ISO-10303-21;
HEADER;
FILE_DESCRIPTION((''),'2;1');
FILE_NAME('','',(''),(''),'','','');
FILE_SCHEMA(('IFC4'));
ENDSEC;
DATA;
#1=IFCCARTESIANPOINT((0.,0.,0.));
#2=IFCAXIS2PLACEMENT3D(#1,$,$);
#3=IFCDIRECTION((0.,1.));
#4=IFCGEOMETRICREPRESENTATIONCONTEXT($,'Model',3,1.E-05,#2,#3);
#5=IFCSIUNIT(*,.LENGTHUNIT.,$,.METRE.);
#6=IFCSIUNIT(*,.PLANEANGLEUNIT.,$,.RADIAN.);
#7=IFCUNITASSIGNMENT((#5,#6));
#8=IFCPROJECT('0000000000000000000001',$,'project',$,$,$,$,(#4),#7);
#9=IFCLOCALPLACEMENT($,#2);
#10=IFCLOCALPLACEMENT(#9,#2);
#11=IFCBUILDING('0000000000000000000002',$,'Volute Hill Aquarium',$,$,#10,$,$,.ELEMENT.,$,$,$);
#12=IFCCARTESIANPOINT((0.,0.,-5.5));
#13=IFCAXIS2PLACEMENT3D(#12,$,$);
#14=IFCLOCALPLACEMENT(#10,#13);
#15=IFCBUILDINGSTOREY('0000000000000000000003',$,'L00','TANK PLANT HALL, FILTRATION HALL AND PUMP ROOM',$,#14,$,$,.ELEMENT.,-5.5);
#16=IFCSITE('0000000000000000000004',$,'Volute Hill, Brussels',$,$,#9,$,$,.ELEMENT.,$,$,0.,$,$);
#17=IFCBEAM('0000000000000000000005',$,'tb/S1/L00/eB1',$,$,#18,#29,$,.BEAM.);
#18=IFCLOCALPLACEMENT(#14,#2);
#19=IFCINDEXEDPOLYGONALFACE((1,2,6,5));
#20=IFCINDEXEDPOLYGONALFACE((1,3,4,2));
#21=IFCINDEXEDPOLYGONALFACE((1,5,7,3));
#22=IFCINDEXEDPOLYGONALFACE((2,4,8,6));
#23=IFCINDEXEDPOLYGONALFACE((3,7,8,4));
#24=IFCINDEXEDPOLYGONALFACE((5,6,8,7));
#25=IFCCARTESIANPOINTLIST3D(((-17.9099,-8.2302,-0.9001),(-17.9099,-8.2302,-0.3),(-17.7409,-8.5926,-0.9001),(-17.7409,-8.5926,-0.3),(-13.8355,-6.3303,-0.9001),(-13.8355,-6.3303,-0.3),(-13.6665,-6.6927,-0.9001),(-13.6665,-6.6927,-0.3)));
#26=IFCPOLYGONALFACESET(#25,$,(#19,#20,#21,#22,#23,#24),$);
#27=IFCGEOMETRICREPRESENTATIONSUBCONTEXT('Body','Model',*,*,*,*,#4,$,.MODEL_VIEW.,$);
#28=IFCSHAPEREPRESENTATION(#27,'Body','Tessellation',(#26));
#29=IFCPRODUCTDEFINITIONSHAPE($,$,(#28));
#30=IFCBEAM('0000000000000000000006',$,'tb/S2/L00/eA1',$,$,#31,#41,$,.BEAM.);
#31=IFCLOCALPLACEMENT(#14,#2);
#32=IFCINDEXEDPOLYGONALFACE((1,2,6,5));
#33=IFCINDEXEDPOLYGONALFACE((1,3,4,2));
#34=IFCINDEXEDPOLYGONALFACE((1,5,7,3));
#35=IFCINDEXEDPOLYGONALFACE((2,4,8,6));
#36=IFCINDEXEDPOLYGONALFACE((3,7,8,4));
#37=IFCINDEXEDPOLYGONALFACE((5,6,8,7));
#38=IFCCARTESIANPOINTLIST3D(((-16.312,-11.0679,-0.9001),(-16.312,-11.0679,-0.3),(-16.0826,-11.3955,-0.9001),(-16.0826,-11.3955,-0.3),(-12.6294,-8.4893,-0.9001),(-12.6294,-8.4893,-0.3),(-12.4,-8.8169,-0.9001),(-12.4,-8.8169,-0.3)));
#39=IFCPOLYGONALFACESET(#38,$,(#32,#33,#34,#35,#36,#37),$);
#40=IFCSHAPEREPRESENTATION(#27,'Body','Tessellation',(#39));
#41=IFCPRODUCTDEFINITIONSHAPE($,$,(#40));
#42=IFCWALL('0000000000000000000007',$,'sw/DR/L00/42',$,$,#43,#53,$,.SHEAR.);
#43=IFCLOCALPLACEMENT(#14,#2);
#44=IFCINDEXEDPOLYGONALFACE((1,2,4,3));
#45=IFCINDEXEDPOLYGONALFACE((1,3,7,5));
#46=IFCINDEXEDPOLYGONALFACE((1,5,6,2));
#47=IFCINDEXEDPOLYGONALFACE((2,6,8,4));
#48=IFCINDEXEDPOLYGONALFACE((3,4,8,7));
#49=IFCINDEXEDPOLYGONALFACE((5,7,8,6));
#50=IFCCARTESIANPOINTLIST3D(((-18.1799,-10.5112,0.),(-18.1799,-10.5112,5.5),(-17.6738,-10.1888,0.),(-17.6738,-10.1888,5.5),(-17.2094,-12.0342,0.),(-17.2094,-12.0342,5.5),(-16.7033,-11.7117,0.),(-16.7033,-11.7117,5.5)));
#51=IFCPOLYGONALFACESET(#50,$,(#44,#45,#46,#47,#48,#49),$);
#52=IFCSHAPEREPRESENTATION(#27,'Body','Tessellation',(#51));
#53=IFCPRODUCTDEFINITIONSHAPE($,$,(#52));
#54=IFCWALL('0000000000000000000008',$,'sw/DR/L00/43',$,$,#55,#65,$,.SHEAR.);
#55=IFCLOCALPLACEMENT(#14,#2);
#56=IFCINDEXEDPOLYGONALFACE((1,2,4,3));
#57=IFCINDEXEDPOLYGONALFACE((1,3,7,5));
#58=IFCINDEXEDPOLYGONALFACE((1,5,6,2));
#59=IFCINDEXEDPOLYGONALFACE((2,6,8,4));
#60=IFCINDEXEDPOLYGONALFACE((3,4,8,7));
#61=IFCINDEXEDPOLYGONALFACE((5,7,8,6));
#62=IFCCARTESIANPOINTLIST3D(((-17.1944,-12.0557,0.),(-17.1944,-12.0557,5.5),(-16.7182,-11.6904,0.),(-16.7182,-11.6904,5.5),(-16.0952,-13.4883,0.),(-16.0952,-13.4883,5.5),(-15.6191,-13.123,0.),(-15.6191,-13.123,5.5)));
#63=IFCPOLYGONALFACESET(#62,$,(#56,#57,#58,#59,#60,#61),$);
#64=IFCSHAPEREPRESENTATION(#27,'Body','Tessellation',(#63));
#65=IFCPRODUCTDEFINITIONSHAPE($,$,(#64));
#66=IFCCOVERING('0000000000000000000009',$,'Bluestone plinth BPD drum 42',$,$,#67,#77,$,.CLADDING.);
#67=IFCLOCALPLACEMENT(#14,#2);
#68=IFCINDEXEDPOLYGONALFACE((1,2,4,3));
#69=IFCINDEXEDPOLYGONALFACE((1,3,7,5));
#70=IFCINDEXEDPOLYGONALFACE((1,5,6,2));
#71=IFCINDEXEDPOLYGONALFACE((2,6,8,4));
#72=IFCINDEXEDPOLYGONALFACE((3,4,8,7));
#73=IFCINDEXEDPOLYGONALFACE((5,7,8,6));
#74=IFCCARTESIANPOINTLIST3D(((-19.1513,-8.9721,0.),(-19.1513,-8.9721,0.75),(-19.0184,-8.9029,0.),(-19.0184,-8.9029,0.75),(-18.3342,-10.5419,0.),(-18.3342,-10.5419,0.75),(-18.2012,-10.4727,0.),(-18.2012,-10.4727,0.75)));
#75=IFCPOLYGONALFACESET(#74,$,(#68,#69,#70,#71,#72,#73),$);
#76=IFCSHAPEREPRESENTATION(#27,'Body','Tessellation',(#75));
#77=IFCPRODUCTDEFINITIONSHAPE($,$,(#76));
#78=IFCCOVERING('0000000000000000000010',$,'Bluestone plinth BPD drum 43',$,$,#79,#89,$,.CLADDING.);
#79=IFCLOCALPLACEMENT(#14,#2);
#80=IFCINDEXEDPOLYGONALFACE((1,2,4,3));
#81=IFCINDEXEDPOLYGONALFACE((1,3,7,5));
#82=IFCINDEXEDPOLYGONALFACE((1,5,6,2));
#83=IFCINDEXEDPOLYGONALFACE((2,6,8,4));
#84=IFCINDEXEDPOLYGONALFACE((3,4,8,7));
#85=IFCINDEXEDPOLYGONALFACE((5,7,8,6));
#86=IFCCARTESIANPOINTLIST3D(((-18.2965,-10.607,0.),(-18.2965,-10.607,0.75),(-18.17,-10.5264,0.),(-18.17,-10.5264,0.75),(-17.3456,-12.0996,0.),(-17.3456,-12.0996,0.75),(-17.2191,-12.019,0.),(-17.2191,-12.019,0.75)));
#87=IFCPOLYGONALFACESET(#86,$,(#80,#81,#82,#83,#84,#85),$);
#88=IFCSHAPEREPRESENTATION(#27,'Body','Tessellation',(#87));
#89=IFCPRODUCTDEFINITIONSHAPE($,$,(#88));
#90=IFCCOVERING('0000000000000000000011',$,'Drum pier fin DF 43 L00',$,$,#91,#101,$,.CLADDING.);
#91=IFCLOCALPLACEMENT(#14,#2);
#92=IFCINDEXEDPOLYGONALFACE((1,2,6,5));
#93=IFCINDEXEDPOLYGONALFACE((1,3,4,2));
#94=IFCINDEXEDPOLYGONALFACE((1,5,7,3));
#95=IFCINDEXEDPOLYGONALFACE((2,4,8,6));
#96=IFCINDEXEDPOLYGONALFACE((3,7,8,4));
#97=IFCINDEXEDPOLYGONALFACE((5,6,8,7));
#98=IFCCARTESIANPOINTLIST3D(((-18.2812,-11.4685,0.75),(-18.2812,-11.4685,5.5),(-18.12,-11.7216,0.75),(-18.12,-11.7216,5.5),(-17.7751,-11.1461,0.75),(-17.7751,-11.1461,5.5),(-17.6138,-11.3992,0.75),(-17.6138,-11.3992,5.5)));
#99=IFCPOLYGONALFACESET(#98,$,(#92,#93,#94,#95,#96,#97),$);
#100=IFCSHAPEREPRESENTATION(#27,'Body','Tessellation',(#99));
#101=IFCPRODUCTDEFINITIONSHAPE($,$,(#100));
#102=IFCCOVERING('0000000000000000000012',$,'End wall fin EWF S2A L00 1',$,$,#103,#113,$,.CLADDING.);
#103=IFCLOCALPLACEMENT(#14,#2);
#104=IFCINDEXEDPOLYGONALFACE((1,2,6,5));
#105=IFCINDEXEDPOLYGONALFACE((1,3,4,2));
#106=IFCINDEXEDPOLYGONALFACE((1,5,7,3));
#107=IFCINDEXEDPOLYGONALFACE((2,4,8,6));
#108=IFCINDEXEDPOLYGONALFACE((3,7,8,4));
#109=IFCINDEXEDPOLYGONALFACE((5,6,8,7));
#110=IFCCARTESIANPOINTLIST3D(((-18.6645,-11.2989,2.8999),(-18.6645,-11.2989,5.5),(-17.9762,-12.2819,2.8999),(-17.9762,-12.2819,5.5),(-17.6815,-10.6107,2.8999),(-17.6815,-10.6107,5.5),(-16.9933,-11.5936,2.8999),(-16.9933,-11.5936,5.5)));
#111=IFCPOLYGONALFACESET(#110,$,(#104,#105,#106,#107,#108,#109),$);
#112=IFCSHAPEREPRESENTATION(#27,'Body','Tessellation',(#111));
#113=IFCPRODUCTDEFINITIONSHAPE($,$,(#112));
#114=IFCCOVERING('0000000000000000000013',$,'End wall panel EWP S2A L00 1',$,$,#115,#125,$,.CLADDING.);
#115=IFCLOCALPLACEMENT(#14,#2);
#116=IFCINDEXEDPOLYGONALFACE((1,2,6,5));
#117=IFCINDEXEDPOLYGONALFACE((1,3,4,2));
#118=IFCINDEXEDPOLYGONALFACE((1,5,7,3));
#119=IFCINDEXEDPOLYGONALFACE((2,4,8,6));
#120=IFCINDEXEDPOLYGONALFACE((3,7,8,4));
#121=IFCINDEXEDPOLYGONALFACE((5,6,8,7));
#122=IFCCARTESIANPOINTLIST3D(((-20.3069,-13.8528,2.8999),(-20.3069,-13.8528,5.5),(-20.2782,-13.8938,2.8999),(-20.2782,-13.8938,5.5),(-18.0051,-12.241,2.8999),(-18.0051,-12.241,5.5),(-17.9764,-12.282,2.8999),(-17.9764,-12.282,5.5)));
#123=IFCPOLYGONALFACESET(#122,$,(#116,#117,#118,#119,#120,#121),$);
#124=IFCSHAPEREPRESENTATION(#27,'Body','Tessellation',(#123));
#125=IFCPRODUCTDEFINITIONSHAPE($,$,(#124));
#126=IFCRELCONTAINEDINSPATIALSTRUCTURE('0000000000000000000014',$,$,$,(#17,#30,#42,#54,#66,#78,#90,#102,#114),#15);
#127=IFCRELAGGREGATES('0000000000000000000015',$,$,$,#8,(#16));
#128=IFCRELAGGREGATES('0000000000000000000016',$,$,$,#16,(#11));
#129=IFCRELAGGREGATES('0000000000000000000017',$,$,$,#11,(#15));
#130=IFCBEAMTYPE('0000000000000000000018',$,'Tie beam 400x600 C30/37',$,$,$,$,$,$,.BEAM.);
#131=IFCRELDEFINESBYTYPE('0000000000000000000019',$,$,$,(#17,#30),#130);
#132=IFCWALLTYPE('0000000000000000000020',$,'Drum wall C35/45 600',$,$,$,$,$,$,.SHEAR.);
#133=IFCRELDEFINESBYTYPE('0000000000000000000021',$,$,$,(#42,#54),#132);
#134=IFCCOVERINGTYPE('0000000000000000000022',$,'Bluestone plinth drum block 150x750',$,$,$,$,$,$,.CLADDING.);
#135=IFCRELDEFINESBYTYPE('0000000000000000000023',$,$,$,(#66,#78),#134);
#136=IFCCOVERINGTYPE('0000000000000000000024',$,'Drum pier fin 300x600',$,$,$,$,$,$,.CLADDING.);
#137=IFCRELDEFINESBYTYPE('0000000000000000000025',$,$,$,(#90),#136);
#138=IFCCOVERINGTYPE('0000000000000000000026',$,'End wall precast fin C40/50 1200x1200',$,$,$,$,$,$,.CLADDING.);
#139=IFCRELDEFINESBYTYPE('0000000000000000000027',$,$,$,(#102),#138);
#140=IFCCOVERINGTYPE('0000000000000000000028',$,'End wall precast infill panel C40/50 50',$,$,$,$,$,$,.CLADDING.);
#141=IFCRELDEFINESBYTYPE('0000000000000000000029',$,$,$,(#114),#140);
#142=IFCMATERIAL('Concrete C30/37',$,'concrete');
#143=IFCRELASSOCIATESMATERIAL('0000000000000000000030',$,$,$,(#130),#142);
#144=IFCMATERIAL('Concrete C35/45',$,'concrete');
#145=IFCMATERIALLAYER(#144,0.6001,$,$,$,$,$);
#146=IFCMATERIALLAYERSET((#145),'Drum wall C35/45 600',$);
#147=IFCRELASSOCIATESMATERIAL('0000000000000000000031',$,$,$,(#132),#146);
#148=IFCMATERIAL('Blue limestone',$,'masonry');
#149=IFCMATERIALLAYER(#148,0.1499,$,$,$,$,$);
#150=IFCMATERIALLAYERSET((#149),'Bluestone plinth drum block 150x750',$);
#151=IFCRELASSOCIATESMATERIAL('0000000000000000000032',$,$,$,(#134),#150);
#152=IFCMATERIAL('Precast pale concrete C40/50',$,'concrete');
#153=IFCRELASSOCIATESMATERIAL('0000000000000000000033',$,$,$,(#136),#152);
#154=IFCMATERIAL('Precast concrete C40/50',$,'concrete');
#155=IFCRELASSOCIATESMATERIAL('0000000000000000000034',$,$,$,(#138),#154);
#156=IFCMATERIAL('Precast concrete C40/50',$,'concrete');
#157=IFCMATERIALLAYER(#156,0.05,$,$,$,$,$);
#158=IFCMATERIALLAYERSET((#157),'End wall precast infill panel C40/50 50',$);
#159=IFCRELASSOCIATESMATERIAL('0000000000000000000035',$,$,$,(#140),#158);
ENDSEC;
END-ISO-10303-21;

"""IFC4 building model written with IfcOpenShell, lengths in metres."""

from ifc_helpers import new_model, si_unit, direction, frame, frame_2d, origin, origin_2d, place, context, subcontext, project, spatial, polyline, rectangle, outline, extrude, material, layer, layer_set, material_profile, profile_set, type_object, element, save


model = new_model("IFC4")

# Units and contexts
model_context = context("Model", 3, precision=1e-05, world=origin(), true_north=direction((0.0, 1.0)))
body_context = subcontext(model_context, "Body", "Model", "MODEL_VIEW")
ifc_project = project(units=[si_unit("LENGTHUNIT", "METRE"), si_unit("PLANEANGLEUNIT", "RADIAN")], contexts=[model_context])

# Site, building, storey
site_placement = place(None, origin())
site = spatial("IfcSite", under=ifc_project, at=site_placement, Name="Volute Hill, Brussels", CompositionType="ELEMENT", RefElevation=0.0)
building_placement = place(site_placement, origin())
building = spatial("IfcBuilding", under=site, at=building_placement, Name="Volute Hill Aquarium", CompositionType="ELEMENT")
storey_placement = place(building_placement, frame((0.0, 0.0, -5.5)))
storey = spatial("IfcBuildingStorey", under=building, at=storey_placement, Name="L00", Description="TANK PLANT HALL, FILTRATION HALL AND PUMP ROOM", CompositionType="ELEMENT", Elevation=-5.5)

# Beams
ifc_material_1 = material(Name="Concrete C30/37", Category="concrete")
ifc_material_profile_1 = material_profile(ifc_material_1, rectangle(XDim=0.3999, YDim=0.6001, at=origin_2d()), Name="RC tie beam 400x600")
ifc_profile_set_1 = profile_set([ifc_material_profile_1], Name="Concrete C30/37")
beam_type_1 = type_object("IfcBeamType", Name="Tie beam 400x600 C30/37", PredefinedType="BEAM", material=ifc_profile_set_1)
for number, where, z_axis, x_axis, name in (
    (1, (-17.8254, -8.4114, -0.6001), (0.906312, 0.422609, 0.0), (-0.422609, 0.906312, 0.0), "tb/S1/L00/eB1"),
    (2, (-16.1973, -11.2317, -0.6001), (0.81915, 0.573579, 0.0), (-0.573579, 0.81915, 0.0), "tb/S2/L00/eA1"),
):
    element("IfcBeam", number, at=place(storey_placement, frame(where, z_axis=z_axis, x_axis=x_axis)), inside=storey, type_object=beam_type_1, Name=name, PredefinedType="BEAM", context=body_context, shape_type="SweptSolid", body=[
        extrude(rectangle(XDim=0.3999, YDim=0.6001, at=origin_2d()), origin(), (0.0, 0.0, 1.0), 4.4956),
    ])

# Walls
ifc_material_2 = material(Name="Concrete C35/45", Category="concrete")
ifc_layer_1 = layer(ifc_material_2, 0.6001)
ifc_layer_set_1 = layer_set([ifc_layer_1], Name="Drum wall C35/45 600")
wall_type_1 = type_object("IfcWallType", Name="Drum wall C35/45 600", PredefinedType="SHEAR", material=ifc_layer_set_1)
wall_1_placement = place(storey_placement, frame((-17.9268, -10.3501, 0.0), z_axis=(0.0, 0.0, 1.0), x_axis=(0.537392, -0.843333, 0.0)))
element("IfcWall", 3, at=wall_1_placement, inside=storey, type_object=wall_type_1, Name="sw/DR/L00/42", PredefinedType="SHEAR", context=body_context, shape_type="SweptSolid", body=[
    extrude(rectangle(XDim=1.8059, YDim=0.6001, at=frame_2d((0.9028, 0.0))), origin(), (0.0, 0.0, 1.0), 5.5),
])
wall_2_placement = place(storey_placement, frame((-16.9563, -11.873, 0.0), z_axis=(0.0, 0.0, 1.0), x_axis=(0.608704, -0.793397, 0.0)))
element("IfcWall", 4, at=wall_2_placement, inside=storey, type_object=wall_type_1, Name="sw/DR/L00/43", PredefinedType="SHEAR", context=body_context, shape_type="SweptSolid", body=[
    extrude(rectangle(XDim=1.8057, YDim=0.6001, at=frame_2d((0.9028, 0.0))), origin(), (0.0, 0.0, 1.0), 5.5),
])

# Coverings
ifc_material_3 = material(Name="Blue limestone", Category="masonry")
ifc_layer_2 = layer(ifc_material_3, 0.1499)
ifc_layer_set_2 = layer_set([ifc_layer_2], Name="Bluestone plinth drum block 150x750")
covering_type_1 = type_object("IfcCoveringType", Name="Bluestone plinth drum block 150x750", PredefinedType="CLADDING", material=ifc_layer_set_2)
for number, where, z_axis, x_axis, name in (
    (5, (-18.6763, -9.7224, 0.0), (0.0, 0.0, 1.0), (0.461749, -0.887011, 0.0), "Bluestone plinth BPD drum 42"),
    (6, (-17.7578, -11.313, 0.0), (0.0, 0.0, 1.0), (0.5373, -0.843391, 0.0), "Bluestone plinth BPD drum 43"),
):
    element("IfcCovering", number, at=place(storey_placement, frame(where, z_axis=z_axis, x_axis=x_axis)), inside=storey, type_object=covering_type_1, Name=name, PredefinedType="CLADDING", context=body_context, shape_type="SweptSolid", body=[
        extrude(rectangle(XDim=1.7698, YDim=0.1499, at=origin_2d()), origin(), (0.0, 0.0, 1.0), 0.75),
    ])
ifc_material_4 = material(Name="Precast pale concrete C40/50", Category="concrete")
covering_type_2 = type_object("IfcCoveringType", Name="Drum pier fin 300x600", PredefinedType="CLADDING", material=ifc_material_4)
covering_1_placement = place(storey_placement, frame((-17.9475, -11.4338, 0.75), z_axis=(0.0, 0.0, 1.0), x_axis=(0.5373, -0.843391, 0.0)))
element("IfcCovering", 7, at=covering_1_placement, inside=storey, type_object=covering_type_2, Name="Drum pier fin DF 43 L00", PredefinedType="CLADDING", context=body_context, shape_type="SweptSolid", body=[
    extrude(rectangle(XDim=0.3, YDim=0.6001, at=origin_2d()), origin(), (0.0, 0.0, 1.0), 4.75),
])
ifc_material_5 = material(Name="Precast concrete C40/50", Category="concrete")
covering_type_3 = type_object("IfcCoveringType", Name="End wall precast fin C40/50 1200x1200", PredefinedType="CLADDING", material=ifc_material_5)
covering_2_placement = place(storey_placement, frame((-17.8289, -11.4463, 2.8999), z_axis=(0.0, 0.0, 1.0), x_axis=(-0.819154, -0.573574, 0.0)))
element("IfcCovering", 8, at=covering_2_placement, inside=storey, type_object=covering_type_3, Name="End wall fin EWF S2A L00 1", PredefinedType="CLADDING", context=body_context, shape_type="SweptSolid", body=[
    extrude(rectangle(XDim=1.2, YDim=1.2, at=origin_2d()), origin(), (0.0, 0.0, 1.0), 2.6001),
])
ifc_material_6 = material(Name="Precast concrete C40/50", Category="concrete")
ifc_layer_3 = layer(ifc_material_6, 0.05)
ifc_layer_set_3 = layer_set([ifc_layer_3], Name="End wall precast infill panel C40/50 50")
covering_type_4 = type_object("IfcCoveringType", Name="End wall precast infill panel C40/50 50", PredefinedType="CLADDING", material=ifc_layer_set_3)
covering_3_placement = place(storey_placement, frame((-18.0051, -12.241, 2.8999), z_axis=(-0.573602, 0.819134, 0.0), x_axis=(-0.819134, -0.573602, 0.0)))
element("IfcCovering", 9, at=covering_3_placement, inside=storey, type_object=covering_type_4, Name="End wall panel EWP S2A L00 1", PredefinedType="CLADDING", context=body_context, shape_type="SweptSolid", body=[
    extrude(outline(polyline([(0.0, 0.0), (2.81, 0.0), (2.81, 2.6001), (0.0, 2.6001), (0.0, 0.0)])), origin(), (0.0, 0.0, -1.0), 0.05),
])

save(model, "model.ifc")
